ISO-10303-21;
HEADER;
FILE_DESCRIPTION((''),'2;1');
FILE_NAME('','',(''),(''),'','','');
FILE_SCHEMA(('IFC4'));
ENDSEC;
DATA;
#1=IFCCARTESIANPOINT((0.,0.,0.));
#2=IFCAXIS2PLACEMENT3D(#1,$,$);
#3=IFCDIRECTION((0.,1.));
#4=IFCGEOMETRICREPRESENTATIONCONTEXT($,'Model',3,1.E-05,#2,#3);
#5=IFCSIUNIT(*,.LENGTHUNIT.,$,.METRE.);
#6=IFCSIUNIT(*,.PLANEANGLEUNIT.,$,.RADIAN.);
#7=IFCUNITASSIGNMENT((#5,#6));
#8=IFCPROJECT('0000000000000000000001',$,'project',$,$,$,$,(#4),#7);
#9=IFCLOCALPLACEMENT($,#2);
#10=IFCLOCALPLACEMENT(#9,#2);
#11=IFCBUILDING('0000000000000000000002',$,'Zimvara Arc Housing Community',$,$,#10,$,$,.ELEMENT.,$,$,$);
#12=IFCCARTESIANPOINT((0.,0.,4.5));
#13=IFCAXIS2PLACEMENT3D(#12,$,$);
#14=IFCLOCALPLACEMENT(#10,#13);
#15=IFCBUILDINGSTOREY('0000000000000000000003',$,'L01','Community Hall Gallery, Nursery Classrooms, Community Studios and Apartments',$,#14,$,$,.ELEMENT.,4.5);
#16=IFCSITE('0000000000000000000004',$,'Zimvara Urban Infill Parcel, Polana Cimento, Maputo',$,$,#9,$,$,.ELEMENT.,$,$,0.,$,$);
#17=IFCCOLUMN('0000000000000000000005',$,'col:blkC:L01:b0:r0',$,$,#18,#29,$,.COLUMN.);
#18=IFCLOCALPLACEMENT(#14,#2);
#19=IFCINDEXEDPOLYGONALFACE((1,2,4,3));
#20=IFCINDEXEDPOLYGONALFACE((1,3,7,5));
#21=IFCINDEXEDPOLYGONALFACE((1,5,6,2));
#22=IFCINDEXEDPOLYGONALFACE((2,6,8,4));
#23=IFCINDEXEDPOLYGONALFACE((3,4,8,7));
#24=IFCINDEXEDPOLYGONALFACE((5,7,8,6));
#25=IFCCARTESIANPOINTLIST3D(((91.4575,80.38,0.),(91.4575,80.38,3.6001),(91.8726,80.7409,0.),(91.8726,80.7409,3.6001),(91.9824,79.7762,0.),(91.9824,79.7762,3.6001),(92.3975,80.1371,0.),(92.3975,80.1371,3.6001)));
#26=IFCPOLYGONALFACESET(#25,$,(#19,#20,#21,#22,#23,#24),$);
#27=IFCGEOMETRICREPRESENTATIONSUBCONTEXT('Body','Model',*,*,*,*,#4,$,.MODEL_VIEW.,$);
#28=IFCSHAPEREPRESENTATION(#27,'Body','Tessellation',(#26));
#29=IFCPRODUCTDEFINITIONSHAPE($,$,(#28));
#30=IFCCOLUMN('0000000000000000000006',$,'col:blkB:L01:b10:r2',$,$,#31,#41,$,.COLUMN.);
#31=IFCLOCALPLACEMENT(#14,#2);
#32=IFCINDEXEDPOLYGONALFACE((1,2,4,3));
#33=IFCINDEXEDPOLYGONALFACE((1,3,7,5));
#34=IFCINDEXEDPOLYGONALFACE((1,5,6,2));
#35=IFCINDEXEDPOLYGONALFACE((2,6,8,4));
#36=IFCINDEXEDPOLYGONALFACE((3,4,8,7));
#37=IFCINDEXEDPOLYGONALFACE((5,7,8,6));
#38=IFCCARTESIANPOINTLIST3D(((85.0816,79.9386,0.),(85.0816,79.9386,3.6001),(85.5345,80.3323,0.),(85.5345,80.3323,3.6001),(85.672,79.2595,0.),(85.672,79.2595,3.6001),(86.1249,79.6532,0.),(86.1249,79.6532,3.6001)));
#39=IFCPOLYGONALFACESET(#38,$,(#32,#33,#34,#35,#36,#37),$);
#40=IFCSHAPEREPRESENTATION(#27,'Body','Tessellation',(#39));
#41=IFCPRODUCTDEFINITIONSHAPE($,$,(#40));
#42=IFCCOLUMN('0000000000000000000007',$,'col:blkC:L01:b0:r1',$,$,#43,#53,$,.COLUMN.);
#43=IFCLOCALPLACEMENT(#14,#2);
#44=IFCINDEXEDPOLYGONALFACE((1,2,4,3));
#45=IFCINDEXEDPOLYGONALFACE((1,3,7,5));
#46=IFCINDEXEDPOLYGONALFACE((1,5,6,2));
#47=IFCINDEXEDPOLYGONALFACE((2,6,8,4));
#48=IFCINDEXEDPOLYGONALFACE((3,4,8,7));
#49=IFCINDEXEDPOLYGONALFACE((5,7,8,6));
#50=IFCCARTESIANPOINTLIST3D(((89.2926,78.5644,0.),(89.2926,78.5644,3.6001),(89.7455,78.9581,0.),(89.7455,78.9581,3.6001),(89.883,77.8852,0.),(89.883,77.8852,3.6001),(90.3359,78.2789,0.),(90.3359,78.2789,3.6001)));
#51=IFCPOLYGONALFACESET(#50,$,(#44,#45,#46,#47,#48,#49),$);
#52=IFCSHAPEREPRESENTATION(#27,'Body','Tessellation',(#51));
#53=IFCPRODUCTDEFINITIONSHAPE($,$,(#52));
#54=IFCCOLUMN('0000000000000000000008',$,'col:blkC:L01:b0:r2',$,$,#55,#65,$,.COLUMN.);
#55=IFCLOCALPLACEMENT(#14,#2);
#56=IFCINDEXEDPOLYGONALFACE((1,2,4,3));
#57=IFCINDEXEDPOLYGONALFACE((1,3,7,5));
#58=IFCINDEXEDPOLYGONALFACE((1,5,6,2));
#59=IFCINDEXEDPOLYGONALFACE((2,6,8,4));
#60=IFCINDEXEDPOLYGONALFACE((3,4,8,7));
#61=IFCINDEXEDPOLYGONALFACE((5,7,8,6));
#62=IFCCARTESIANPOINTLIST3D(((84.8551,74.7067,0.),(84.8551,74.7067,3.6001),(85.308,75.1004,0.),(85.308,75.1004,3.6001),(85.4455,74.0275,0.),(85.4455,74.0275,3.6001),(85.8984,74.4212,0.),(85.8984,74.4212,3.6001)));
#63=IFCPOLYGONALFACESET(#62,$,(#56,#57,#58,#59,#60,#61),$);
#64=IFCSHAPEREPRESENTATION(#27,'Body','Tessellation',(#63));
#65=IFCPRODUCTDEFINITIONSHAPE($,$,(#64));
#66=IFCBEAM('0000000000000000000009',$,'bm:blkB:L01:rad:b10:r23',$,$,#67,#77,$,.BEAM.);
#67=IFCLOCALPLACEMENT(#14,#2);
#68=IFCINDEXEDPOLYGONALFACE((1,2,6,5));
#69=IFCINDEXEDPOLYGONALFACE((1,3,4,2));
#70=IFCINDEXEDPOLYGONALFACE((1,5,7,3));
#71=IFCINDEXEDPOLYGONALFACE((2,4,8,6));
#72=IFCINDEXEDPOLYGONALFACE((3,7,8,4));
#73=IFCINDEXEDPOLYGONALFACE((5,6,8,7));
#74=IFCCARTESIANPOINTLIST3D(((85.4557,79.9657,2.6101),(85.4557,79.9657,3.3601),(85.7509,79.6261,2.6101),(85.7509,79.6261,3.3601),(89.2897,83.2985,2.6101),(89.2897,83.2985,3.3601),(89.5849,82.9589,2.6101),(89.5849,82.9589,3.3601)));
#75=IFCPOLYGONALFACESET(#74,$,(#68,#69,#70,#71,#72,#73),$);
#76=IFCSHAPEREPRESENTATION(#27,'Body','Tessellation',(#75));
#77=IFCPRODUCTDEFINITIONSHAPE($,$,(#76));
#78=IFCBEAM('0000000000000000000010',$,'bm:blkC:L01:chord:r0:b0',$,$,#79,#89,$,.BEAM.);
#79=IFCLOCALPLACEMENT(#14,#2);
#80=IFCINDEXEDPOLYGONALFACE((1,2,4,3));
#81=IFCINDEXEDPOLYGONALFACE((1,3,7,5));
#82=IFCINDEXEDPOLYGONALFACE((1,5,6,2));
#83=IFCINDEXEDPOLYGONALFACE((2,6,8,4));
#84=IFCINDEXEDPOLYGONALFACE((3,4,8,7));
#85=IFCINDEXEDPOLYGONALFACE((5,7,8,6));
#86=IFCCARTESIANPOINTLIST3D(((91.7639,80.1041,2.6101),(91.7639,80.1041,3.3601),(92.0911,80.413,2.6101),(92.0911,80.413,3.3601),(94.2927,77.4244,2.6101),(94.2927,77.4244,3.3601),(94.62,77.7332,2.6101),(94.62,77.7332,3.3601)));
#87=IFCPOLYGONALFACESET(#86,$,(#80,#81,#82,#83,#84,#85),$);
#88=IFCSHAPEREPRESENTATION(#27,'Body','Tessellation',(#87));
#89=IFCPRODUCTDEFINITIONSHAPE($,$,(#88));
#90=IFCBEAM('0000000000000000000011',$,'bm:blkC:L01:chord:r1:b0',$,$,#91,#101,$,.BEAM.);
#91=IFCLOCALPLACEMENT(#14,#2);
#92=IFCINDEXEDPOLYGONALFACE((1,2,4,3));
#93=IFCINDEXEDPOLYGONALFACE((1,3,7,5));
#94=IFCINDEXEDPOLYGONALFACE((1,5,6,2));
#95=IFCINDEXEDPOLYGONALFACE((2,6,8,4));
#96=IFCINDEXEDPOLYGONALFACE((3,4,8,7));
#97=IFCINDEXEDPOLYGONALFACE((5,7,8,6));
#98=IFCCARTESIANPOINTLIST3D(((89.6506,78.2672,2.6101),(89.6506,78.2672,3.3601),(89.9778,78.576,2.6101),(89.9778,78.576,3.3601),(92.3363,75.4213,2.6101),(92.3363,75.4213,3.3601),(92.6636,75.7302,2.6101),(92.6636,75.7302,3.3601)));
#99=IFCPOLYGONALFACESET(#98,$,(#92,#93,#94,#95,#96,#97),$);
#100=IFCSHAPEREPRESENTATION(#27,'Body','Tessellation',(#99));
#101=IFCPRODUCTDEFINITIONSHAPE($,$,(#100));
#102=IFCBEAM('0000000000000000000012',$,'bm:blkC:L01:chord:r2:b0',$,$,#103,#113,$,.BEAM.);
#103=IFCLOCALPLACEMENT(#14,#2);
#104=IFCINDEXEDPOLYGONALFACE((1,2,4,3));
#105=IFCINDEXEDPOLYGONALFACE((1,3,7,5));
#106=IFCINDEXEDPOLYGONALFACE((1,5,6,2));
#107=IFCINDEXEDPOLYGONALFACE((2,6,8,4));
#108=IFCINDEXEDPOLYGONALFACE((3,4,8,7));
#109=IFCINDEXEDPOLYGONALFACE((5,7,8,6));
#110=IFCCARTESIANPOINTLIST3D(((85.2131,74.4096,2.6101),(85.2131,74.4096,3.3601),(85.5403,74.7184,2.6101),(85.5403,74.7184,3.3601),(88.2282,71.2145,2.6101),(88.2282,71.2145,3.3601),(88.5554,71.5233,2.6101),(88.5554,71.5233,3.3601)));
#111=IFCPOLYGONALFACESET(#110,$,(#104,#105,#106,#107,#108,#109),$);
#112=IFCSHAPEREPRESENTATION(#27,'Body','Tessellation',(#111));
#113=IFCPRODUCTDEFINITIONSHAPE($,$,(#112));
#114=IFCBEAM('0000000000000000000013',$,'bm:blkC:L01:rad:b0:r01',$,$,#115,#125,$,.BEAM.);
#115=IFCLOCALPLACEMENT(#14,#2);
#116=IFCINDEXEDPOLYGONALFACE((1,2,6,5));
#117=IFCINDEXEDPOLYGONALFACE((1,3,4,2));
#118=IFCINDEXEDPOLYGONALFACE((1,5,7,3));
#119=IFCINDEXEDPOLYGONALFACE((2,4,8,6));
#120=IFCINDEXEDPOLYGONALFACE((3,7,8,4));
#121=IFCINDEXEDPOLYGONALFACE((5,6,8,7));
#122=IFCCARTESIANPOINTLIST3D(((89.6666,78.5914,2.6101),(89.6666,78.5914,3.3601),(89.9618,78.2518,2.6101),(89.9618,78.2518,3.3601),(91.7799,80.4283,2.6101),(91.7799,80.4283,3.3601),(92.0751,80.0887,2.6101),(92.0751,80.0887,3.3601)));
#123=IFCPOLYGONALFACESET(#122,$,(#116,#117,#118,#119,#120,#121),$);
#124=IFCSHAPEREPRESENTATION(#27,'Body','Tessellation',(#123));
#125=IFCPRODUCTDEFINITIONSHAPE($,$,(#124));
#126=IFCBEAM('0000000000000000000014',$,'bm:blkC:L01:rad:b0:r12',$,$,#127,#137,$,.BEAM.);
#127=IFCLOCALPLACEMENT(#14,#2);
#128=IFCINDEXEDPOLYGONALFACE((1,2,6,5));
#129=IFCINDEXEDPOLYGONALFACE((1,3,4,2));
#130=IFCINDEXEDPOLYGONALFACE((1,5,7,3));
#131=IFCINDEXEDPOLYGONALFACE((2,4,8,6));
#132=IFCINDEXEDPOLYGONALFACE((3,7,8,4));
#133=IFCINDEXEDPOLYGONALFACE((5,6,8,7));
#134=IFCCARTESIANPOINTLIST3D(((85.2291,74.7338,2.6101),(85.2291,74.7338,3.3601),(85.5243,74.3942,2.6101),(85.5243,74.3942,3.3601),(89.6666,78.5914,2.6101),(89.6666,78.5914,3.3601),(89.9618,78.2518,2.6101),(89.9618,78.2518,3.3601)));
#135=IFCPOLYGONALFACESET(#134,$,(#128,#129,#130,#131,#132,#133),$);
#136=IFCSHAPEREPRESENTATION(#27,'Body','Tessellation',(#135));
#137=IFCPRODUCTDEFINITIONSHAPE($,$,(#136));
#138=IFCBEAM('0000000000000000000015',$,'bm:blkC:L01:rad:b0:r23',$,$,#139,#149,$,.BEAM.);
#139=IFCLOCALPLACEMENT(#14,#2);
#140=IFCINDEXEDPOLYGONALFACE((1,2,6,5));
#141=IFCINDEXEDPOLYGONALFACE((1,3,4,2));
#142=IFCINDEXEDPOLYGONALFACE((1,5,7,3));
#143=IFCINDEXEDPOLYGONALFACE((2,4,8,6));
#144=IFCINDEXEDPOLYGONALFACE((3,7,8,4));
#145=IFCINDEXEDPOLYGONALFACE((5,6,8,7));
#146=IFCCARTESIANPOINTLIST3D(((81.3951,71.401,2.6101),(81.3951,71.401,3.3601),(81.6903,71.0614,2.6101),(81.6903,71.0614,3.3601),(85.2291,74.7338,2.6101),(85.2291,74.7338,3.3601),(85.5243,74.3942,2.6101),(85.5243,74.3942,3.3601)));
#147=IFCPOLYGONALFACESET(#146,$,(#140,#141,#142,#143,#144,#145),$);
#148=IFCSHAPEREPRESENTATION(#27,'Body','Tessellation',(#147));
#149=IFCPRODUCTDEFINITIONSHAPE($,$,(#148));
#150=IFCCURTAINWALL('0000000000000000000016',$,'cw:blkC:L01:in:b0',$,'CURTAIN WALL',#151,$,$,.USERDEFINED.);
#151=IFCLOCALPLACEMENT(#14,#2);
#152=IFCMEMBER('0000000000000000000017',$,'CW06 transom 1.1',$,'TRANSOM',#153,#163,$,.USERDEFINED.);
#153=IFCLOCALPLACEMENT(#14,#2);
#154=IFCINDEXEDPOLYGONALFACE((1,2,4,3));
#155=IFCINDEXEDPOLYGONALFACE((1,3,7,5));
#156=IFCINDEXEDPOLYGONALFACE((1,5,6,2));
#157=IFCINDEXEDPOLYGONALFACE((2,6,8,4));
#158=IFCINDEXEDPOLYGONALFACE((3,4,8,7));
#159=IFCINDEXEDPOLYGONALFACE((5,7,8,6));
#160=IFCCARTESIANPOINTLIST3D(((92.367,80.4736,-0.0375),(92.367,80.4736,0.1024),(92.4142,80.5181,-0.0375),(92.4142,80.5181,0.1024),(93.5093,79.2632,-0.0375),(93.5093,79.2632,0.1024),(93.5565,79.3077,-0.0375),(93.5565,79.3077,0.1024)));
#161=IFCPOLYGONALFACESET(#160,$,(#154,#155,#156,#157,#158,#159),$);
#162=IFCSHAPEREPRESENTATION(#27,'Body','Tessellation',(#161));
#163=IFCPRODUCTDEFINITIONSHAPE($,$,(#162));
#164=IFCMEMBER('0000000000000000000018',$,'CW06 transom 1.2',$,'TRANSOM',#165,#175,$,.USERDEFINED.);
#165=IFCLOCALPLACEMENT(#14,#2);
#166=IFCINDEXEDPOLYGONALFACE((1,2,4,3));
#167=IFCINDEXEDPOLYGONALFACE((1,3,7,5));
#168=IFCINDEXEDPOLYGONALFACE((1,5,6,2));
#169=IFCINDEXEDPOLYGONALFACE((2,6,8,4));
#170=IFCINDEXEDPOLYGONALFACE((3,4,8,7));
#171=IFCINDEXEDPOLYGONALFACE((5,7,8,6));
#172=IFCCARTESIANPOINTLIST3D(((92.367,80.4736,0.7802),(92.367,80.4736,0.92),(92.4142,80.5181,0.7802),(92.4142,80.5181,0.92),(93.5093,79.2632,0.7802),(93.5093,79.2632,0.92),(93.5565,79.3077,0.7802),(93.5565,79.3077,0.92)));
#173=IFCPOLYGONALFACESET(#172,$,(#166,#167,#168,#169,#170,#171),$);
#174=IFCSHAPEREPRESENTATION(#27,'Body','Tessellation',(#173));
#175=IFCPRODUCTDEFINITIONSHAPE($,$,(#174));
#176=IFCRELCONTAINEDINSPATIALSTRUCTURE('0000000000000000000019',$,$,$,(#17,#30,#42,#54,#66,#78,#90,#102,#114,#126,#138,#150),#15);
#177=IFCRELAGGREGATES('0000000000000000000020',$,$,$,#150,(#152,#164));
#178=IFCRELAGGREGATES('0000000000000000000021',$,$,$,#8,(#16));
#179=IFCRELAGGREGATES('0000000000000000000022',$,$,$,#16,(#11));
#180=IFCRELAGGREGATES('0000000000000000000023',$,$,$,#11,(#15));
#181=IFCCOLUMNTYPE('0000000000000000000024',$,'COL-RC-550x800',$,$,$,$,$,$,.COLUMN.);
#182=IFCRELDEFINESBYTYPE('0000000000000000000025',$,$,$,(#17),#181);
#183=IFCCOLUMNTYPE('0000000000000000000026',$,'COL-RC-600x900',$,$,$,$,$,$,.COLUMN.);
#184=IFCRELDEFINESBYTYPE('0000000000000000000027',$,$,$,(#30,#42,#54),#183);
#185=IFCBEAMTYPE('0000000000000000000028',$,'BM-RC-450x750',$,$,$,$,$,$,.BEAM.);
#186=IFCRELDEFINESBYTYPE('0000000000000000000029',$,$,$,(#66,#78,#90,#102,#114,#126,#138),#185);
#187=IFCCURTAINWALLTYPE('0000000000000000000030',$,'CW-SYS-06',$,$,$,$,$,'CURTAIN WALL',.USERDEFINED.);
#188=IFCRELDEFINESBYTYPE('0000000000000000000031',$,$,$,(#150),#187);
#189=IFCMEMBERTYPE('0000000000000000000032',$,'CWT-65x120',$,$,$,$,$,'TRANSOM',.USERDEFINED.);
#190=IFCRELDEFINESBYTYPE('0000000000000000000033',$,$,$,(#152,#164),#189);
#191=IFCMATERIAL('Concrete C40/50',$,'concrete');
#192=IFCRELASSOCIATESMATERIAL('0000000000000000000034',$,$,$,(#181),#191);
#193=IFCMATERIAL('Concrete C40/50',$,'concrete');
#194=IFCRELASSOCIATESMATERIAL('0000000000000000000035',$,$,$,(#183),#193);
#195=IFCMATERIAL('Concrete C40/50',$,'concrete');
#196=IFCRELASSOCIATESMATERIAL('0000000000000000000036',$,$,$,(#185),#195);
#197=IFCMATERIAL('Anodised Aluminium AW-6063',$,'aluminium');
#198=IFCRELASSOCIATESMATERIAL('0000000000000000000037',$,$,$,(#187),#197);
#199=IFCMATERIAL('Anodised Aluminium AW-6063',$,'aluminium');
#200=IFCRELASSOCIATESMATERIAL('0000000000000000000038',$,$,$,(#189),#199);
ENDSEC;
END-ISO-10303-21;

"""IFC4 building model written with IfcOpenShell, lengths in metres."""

from ifc_helpers import new_model, si_unit, direction, frame, origin, origin_2d, place, context, subcontext, project, spatial, rectangle, extrude, material, material_profile, profile_set, type_object, element, aggregate, save


model = new_model("IFC4")

# Units and contexts
model_context = context("Model", 3, precision=1e-05, world=origin(), true_north=direction((0.0, 1.0)))
body_context = subcontext(model_context, "Body", "Model", "MODEL_VIEW")
ifc_project = project(units=[si_unit("LENGTHUNIT", "METRE"), si_unit("PLANEANGLEUNIT", "RADIAN")], contexts=[model_context])

# Site, building, storey
site_placement = place(None, origin())
site = spatial("IfcSite", under=ifc_project, at=site_placement, Name="Zimvara Urban Infill Parcel, Polana Cimento, Maputo", CompositionType="ELEMENT", RefElevation=0.0)
building_placement = place(site_placement, origin())
building = spatial("IfcBuilding", under=site, at=building_placement, Name="Zimvara Arc Housing Community", CompositionType="ELEMENT")
storey_placement = place(building_placement, frame((0.0, 0.0, 4.5)))
storey = spatial("IfcBuildingStorey", under=building, at=storey_placement, Name="L01", Description="Community Hall Gallery, Nursery Classrooms, Community Studios and Apartments", CompositionType="ELEMENT", Elevation=4.5)

# Columns
ifc_material_1 = material(Name="Concrete C40/50", Category="concrete")
ifc_material_profile_1 = material_profile(ifc_material_1, rectangle(XDim=0.55, YDim=0.8, at=origin_2d()), Name="RC 550x800")
ifc_profile_set_1 = profile_set([ifc_material_profile_1], Name="Concrete C40/50")
column_type_1 = type_object("IfcColumnType", Name="COL-RC-550x800", PredefinedType="COLUMN", material=ifc_profile_set_1)
column_placement = place(storey_placement, frame((91.9275, 80.2585, 0.0), z_axis=(0.0, 0.0, 1.0), x_axis=(-0.75471, -0.656059, 0.0)))
element("IfcColumn", 1, at=column_placement, inside=storey, type_object=column_type_1, Name="col:blkC:L01:b0:r0", PredefinedType="COLUMN", context=body_context, shape_type="SweptSolid", body=[
    extrude(rectangle(XDim=0.55, YDim=0.8, at=origin_2d()), origin(), (0.0, 0.0, 1.0), 3.6001),
])
ifc_material_2 = material(Name="Concrete C40/50", Category="concrete")
ifc_material_profile_2 = material_profile(ifc_material_2, rectangle(XDim=0.6001, YDim=0.8999, at=origin_2d()), Name="RC 600x900")
ifc_profile_set_2 = profile_set([ifc_material_profile_2], Name="Concrete C40/50")
column_type_2 = type_object("IfcColumnType", Name="COL-RC-600x900", PredefinedType="COLUMN", material=ifc_profile_set_2)
for number, where, z_axis, x_axis, name in (
    (2, (85.6033, 79.7959, 0.0), (0.0, 0.0, 1.0), (0.75471, 0.656059, 0.0), "col:blkB:L01:b10:r2"),
    (3, (89.8142, 78.4216, 0.0), (0.0, 0.0, 1.0), (-0.75471, -0.656059, 0.0), "col:blkC:L01:b0:r1"),
    (4, (85.3767, 74.564, 0.0), (0.0, 0.0, 1.0), (-0.75471, -0.656059, 0.0), "col:blkC:L01:b0:r2"),
):
    element("IfcColumn", number, at=place(storey_placement, frame(where, z_axis=z_axis, x_axis=x_axis)), inside=storey, type_object=column_type_2, Name=name, PredefinedType="COLUMN", context=body_context, shape_type="SweptSolid", body=[
        extrude(rectangle(XDim=0.6001, YDim=0.8999, at=origin_2d()), origin(), (0.0, 0.0, 1.0), 3.6001),
    ])

# Beams
ifc_material_3 = material(Name="Concrete C40/50", Category="concrete")
ifc_material_profile_3 = material_profile(ifc_material_3, rectangle(XDim=0.45, YDim=0.75, at=origin_2d()), Name="RC 450x750")
ifc_profile_set_3 = profile_set([ifc_material_profile_3], Name="Concrete C40/50")
beam_type = type_object("IfcBeamType", Name="BM-RC-450x750", PredefinedType="BEAM", material=ifc_profile_set_3)
beam_1_placement = place(storey_placement, frame((85.6033, 79.7959, 2.9851), z_axis=(0.754716, 0.656051, 0.0), x_axis=(-0.656051, 0.754716, 0.0)))
element("IfcBeam", 5, at=beam_1_placement, inside=storey, type_object=beam_type, Name="bm:blkB:L01:rad:b10:r23", PredefinedType="BEAM", context=body_context, shape_type="SweptSolid", body=[
    extrude(rectangle(XDim=0.45, YDim=0.75, at=origin_2d()), origin(), (0.0, 0.0, 1.0), 5.0801),
])
beam_2_placement = place(storey_placement, frame((91.9275, 80.2585, 2.9851), z_axis=(0.686336, -0.727285, 0.0), x_axis=(0.727285, 0.686336, 0.0)))
element("IfcBeam", 6, at=beam_2_placement, inside=storey, type_object=beam_type, Name="bm:blkC:L01:chord:r0:b0", PredefinedType="BEAM", context=body_context, shape_type="SweptSolid", body=[
    extrude(rectangle(XDim=0.45, YDim=0.75, at=origin_2d()), origin(), (0.0, 0.0, 1.0), 3.6846),
])
beam_3_placement = place(storey_placement, frame((89.8142, 78.4216, 2.9851), z_axis=(0.686347, -0.727274, 0.0), x_axis=(0.727274, 0.686347, 0.0)))
element("IfcBeam", 7, at=beam_3_placement, inside=storey, type_object=beam_type, Name="bm:blkC:L01:chord:r1:b0", PredefinedType="BEAM", context=body_context, shape_type="SweptSolid", body=[
    extrude(rectangle(XDim=0.45, YDim=0.75, at=origin_2d()), origin(), (0.0, 0.0, 1.0), 3.9131),
])
beam_4_placement = place(storey_placement, frame((85.3767, 74.564, 2.9851), z_axis=(0.686331, -0.727289, 0.0), x_axis=(0.727289, 0.686331, 0.0)))
element("IfcBeam", 8, at=beam_4_placement, inside=storey, type_object=beam_type, Name="bm:blkC:L01:chord:r2:b0", PredefinedType="BEAM", context=body_context, shape_type="SweptSolid", body=[
    extrude(rectangle(XDim=0.45, YDim=0.75, at=origin_2d()), origin(), (0.0, 0.0, 1.0), 4.3931),
])
beam_5_placement = place(storey_placement, frame((91.9275, 80.2585, 2.9851), z_axis=(-0.754733, -0.656032, 0.0), x_axis=(0.656032, -0.754733, 0.0)))
element("IfcBeam", 9, at=beam_5_placement, inside=storey, type_object=beam_type, Name="bm:blkC:L01:rad:b0:r01", PredefinedType="BEAM", context=body_context, shape_type="SweptSolid", body=[
    extrude(rectangle(XDim=0.45, YDim=0.75, at=origin_2d()), origin(), (0.0, 0.0, 1.0), 2.8),
])
beam_6_placement = place(storey_placement, frame((89.8142, 78.4216, 2.9851), z_axis=(-0.754692, -0.656079, 0.0), x_axis=(0.656079, -0.754692, 0.0)))
element("IfcBeam", 10, at=beam_6_placement, inside=storey, type_object=beam_type, Name="bm:blkC:L01:rad:b0:r12", PredefinedType="BEAM", context=body_context, shape_type="SweptSolid", body=[
    extrude(rectangle(XDim=0.45, YDim=0.75, at=origin_2d()), origin(), (0.0, 0.0, 1.0), 5.8799),
])
beam_7_placement = place(storey_placement, frame((85.3767, 74.564, 2.9851), z_axis=(-0.754716, -0.656051, 0.0), x_axis=(0.656051, -0.754716, 0.0)))
element("IfcBeam", 11, at=beam_7_placement, inside=storey, type_object=beam_type, Name="bm:blkC:L01:rad:b0:r23", PredefinedType="BEAM", context=body_context, shape_type="SweptSolid", body=[
    extrude(rectangle(XDim=0.45, YDim=0.75, at=origin_2d()), origin(), (0.0, 0.0, 1.0), 5.0801),
])

# Curtain wall, members
ifc_material_4 = material(Name="Anodised Aluminium AW-6063", Category="aluminium")
curtain_wall_type = type_object("IfcCurtainWallType", Name="CW-SYS-06", ElementType="CURTAIN WALL", PredefinedType="USERDEFINED", material=ifc_material_4)
curtain_wall_placement = place(storey_placement, origin())
curtain_wall = element("IfcCurtainWall", 12, at=curtain_wall_placement, inside=storey, type_object=curtain_wall_type, Name="cw:blkC:L01:in:b0", ObjectType="CURTAIN WALL", PredefinedType="USERDEFINED")
ifc_material_5 = material(Name="Anodised Aluminium AW-6063", Category="aluminium")
ifc_material_profile_4 = material_profile(ifc_material_5, rectangle(XDim=0.0649, YDim=0.1399, at=origin_2d()), Name="ALU 65x140")
ifc_profile_set_4 = profile_set([ifc_material_profile_4], Name="Anodised Aluminium AW-6063")
member_type = type_object("IfcMemberType", Name="CWT-65x120", ElementType="TRANSOM", PredefinedType="USERDEFINED", material=ifc_profile_set_4)
member_1_placement = place(storey_placement, frame((92.3906, 80.4958, 0.0325), z_axis=(0.686348, -0.727273, 0.0), x_axis=(0.727273, 0.686348, 0.0)))
member_1 = element("IfcMember", 13, at=member_1_placement, type_object=member_type, Name="CW06 transom 1.1", ObjectType="TRANSOM", PredefinedType="USERDEFINED", context=body_context, shape_type="SweptSolid", body=[
    extrude(rectangle(XDim=0.0649, YDim=0.1399, at=origin_2d()), origin(), (0.0, 0.0, 1.0), 1.6643),
])
member_2_placement = place(storey_placement, frame((92.3906, 80.4958, 0.8501), z_axis=(0.686348, -0.727273, 0.0), x_axis=(0.727273, 0.686348, 0.0)))
member_2 = element("IfcMember", 14, at=member_2_placement, type_object=member_type, Name="CW06 transom 1.2", ObjectType="TRANSOM", PredefinedType="USERDEFINED", context=body_context, shape_type="SweptSolid", body=[
    extrude(rectangle(XDim=0.0649, YDim=0.1399, at=origin_2d()), origin(), (0.0, 0.0, 1.0), 1.6643),
])
aggregate(curtain_wall, [member_1, member_2])

save(model, "model.ifc")
